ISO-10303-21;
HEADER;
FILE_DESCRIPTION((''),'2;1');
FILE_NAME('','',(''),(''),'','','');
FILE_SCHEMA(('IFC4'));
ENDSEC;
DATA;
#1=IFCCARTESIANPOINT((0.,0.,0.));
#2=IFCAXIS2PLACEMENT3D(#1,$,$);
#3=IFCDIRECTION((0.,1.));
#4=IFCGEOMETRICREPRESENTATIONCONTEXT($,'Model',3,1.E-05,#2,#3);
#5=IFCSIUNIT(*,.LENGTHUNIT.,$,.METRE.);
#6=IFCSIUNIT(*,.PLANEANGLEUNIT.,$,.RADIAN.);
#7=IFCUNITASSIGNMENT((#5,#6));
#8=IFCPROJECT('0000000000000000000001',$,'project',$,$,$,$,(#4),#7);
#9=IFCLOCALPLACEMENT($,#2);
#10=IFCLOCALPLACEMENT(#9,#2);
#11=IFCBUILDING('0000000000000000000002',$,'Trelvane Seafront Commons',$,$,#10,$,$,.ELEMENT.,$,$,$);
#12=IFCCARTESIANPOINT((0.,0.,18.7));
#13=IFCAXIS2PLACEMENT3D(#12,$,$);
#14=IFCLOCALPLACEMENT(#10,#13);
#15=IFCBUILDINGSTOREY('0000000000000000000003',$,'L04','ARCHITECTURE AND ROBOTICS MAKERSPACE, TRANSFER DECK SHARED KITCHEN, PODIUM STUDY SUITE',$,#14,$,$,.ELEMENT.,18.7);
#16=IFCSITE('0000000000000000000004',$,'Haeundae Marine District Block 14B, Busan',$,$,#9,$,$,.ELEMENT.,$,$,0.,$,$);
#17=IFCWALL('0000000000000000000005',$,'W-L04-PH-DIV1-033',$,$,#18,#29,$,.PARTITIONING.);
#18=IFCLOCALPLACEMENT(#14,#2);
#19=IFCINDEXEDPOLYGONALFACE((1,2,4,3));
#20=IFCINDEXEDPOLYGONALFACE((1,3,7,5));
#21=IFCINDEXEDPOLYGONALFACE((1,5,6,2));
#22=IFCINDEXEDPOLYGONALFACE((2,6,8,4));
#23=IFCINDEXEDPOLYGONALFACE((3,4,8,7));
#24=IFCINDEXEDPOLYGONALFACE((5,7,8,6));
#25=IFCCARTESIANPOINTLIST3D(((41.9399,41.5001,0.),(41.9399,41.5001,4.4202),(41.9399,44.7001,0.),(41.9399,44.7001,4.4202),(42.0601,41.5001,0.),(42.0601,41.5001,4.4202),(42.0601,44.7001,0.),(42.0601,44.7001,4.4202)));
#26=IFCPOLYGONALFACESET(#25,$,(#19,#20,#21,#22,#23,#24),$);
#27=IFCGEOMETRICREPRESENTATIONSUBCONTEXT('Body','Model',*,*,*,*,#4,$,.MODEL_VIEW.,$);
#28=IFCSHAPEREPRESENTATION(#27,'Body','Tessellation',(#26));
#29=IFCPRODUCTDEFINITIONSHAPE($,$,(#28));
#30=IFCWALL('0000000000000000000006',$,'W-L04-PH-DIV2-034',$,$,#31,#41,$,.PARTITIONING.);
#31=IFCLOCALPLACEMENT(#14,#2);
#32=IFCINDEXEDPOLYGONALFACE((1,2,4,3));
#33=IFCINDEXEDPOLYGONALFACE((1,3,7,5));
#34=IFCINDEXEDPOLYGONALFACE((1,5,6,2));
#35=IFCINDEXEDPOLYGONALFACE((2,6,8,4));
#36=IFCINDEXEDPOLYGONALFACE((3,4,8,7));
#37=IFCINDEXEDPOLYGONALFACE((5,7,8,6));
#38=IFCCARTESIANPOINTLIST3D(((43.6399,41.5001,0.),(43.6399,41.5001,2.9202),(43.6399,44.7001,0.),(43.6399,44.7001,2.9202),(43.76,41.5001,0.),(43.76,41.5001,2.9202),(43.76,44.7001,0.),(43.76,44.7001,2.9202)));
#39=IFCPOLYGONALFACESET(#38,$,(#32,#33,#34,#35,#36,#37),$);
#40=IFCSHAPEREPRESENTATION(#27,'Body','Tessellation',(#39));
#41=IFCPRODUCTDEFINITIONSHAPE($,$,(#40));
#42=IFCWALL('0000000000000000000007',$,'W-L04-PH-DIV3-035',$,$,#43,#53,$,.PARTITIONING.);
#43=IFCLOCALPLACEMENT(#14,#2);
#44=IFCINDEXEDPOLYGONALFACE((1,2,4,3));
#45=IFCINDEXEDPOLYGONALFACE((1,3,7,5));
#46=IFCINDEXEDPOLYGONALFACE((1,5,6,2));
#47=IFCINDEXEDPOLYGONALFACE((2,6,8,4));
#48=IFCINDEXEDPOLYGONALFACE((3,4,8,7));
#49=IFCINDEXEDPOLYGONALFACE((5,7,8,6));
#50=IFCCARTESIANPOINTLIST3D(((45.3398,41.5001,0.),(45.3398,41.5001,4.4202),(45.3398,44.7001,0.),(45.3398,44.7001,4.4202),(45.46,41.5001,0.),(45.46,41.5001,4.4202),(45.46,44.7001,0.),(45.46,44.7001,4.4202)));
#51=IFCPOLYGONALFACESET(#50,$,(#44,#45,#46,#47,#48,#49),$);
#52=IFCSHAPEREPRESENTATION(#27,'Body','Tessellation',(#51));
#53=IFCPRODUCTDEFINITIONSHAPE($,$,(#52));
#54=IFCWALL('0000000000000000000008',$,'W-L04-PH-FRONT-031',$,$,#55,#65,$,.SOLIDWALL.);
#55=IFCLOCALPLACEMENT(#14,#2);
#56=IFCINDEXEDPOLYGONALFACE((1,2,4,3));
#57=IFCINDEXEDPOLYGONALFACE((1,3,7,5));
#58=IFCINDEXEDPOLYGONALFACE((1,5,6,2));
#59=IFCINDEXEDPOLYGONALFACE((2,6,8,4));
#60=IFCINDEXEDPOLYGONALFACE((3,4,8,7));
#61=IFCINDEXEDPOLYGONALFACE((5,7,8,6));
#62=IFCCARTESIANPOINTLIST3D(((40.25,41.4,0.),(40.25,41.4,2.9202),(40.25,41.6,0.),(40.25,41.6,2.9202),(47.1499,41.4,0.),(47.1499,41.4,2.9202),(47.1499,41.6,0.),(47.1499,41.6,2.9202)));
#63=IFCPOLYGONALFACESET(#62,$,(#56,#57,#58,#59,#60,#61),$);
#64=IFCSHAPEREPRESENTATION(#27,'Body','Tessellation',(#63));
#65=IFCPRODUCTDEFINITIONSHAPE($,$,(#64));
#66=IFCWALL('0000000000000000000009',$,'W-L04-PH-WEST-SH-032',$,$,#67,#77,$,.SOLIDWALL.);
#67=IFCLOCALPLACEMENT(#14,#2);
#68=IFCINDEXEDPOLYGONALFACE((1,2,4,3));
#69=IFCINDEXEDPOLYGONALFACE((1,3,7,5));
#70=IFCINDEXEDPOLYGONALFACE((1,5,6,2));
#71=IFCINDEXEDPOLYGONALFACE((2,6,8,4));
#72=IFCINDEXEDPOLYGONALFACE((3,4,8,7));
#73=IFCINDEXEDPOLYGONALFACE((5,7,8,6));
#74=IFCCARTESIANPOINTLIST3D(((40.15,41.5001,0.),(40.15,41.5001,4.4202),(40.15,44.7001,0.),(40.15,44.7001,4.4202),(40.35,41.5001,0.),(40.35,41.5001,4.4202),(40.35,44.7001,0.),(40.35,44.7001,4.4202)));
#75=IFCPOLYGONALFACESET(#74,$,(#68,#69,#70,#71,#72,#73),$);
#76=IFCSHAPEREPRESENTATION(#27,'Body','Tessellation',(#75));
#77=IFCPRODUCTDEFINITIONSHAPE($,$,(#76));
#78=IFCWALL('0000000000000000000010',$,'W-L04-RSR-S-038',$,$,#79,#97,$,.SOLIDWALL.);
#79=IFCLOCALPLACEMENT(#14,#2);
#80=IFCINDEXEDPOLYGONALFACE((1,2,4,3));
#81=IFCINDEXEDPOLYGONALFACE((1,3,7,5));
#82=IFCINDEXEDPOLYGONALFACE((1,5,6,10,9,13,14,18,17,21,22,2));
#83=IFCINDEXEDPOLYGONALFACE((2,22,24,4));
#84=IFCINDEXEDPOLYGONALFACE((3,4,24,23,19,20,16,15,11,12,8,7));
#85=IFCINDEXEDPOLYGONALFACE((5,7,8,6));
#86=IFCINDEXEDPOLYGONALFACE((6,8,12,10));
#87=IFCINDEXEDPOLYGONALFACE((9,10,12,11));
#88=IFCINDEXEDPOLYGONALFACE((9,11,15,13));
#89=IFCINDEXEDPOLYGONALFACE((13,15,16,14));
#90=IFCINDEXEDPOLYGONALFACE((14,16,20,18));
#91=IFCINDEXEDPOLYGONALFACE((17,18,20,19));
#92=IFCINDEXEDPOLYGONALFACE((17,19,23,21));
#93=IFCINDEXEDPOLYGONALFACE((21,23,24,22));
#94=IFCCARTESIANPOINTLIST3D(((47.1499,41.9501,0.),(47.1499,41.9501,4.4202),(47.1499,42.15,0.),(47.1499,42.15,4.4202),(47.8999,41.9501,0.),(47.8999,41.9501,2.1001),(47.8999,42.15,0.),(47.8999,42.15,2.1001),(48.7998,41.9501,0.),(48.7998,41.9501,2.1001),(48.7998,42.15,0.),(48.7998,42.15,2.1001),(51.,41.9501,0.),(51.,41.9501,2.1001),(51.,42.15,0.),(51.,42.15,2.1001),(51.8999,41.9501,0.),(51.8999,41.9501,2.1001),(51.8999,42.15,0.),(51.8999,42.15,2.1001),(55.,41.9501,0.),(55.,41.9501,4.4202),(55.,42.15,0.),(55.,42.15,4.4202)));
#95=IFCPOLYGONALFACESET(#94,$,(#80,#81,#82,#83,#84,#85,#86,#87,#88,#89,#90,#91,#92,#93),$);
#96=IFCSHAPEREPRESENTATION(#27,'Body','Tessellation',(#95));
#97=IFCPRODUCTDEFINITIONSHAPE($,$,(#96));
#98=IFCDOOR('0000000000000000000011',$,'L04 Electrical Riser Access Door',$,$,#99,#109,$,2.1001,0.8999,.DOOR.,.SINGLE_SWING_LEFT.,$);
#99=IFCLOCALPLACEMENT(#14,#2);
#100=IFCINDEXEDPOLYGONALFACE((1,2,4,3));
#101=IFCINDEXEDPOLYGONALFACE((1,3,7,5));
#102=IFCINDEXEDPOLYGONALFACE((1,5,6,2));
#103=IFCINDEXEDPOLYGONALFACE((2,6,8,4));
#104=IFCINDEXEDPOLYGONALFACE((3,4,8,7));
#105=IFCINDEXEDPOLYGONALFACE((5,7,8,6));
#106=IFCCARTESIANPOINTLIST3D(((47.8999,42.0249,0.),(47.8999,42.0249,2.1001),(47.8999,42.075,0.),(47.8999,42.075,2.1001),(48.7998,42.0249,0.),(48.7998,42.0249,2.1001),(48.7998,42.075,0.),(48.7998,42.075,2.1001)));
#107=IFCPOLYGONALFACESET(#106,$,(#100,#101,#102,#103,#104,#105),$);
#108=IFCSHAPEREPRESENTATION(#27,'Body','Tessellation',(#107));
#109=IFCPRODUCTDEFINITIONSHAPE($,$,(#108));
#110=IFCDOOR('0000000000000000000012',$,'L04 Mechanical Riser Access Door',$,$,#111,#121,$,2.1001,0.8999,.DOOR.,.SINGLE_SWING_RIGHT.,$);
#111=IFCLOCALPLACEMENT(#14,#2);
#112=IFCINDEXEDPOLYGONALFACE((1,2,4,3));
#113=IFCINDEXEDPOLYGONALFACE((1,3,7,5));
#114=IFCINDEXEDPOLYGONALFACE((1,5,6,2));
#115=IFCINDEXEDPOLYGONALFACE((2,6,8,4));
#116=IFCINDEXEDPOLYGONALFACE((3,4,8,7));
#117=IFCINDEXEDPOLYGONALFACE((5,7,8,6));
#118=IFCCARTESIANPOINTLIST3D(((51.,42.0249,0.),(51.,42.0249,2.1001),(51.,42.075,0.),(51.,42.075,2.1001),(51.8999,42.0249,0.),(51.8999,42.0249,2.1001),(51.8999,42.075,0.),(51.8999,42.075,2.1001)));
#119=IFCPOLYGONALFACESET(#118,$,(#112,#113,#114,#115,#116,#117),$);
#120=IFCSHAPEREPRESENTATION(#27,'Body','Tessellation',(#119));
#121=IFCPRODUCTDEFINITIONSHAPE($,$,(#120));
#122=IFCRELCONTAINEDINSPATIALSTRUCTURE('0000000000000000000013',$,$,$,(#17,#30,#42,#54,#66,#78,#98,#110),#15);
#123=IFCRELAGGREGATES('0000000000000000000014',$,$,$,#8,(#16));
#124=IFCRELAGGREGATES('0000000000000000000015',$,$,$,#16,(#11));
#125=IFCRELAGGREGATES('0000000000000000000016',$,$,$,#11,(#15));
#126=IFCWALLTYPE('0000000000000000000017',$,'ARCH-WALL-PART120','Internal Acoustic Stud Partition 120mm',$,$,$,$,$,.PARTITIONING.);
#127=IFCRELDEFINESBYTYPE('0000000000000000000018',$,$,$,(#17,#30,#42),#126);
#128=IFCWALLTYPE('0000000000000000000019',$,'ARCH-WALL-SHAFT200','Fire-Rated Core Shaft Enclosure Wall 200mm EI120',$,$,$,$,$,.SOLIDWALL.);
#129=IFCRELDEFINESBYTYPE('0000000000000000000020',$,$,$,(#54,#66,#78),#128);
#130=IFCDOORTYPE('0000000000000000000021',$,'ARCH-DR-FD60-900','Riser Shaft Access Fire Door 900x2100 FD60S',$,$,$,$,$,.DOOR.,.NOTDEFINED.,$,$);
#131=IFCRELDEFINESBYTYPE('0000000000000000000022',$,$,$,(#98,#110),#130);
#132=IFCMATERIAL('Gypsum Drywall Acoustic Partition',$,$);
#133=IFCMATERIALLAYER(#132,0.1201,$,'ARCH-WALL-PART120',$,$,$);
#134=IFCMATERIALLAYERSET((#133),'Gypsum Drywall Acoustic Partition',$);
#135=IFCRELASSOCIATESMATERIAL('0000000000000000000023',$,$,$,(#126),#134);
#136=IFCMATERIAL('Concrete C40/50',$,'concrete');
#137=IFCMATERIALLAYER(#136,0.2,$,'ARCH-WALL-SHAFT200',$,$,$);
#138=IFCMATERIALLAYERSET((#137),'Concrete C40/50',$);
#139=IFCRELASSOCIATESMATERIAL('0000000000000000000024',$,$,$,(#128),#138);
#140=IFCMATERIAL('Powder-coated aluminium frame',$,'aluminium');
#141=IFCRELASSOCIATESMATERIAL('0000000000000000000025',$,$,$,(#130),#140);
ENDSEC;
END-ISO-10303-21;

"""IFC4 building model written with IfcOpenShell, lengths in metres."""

from ifc_helpers import new_model, si_unit, direction, frame, frame_2d, origin, place, context, subcontext, project, spatial, rectangle, extrude, source, transform, mapped, material, layer, layer_set, type_object, element, fill, save


model = new_model("IFC4")

# Units and contexts
model_context = context("Model", 3, precision=1e-05, world=origin(), true_north=direction((0.0, 1.0)))
body_context = subcontext(model_context, "Body", "Model", "MODEL_VIEW")
ifc_project = project(units=[si_unit("LENGTHUNIT", "METRE"), si_unit("PLANEANGLEUNIT", "RADIAN")], contexts=[model_context])

# Site, building, storey
site_placement = place(None, origin())
site = spatial("IfcSite", under=ifc_project, at=site_placement, Name="Haeundae Marine District Block 14B, Busan", CompositionType="ELEMENT", RefElevation=0.0)
building_placement = place(site_placement, origin())
building = spatial("IfcBuilding", under=site, at=building_placement, Name="Trelvane Seafront Commons", CompositionType="ELEMENT")
storey_placement = place(building_placement, frame((0.0, 0.0, 18.7)))
storey = spatial("IfcBuildingStorey", under=building, at=storey_placement, Name="L04", Description="ARCHITECTURE AND ROBOTICS MAKERSPACE, TRANSFER DECK SHARED KITCHEN, PODIUM STUDY SUITE", CompositionType="ELEMENT", Elevation=18.7)

# Walls
ifc_material_1 = material(Name="Gypsum Drywall Acoustic Partition")
ifc_layer_1 = layer(ifc_material_1, 0.1201, Name="ARCH-WALL-PART120")
ifc_layer_set_1 = layer_set([ifc_layer_1], Name="Gypsum Drywall Acoustic Partition")
wall_type_1 = type_object("IfcWallType", Name="ARCH-WALL-PART120", Description="Internal Acoustic Stud Partition 120mm", PredefinedType="PARTITIONING", material=ifc_layer_set_1)
for number, where, z_axis, x_axis, name in (
    (1, (42.0, 41.5, 0.0), (0.0, 0.0, 1.0), (0.0, 1.0, 0.0), "W-L04-PH-DIV1-033"),
):
    element("IfcWall", number, at=place(storey_placement, frame(where, z_axis=z_axis, x_axis=x_axis)), inside=storey, type_object=wall_type_1, Name=name, PredefinedType="PARTITIONING", context=body_context, shape_type="SweptSolid", body=[
        extrude(rectangle(XDim=3.2, YDim=0.1201, at=frame_2d((1.6001, 0.0))), origin(), (0.0, 0.0, 1.0), 4.4202),
    ])
wall_1_placement = place(storey_placement, frame((43.7, 41.5, 0.0), z_axis=(0.0, 0.0, 1.0), x_axis=(0.0, 1.0, 0.0)))
element("IfcWall", 2, at=wall_1_placement, inside=storey, type_object=wall_type_1, Name="W-L04-PH-DIV2-034", PredefinedType="PARTITIONING", context=body_context, shape_type="SweptSolid", body=[
    extrude(rectangle(XDim=3.2, YDim=0.1201, at=frame_2d((1.6001, 0.0))), origin(), (0.0, 0.0, 1.0), 2.9202),
])
wall_2_placement = place(storey_placement, frame((45.3999, 41.5, 0.0), z_axis=(0.0, 0.0, 1.0), x_axis=(0.0, 1.0, 0.0)))
element("IfcWall", 3, at=wall_2_placement, inside=storey, type_object=wall_type_1, Name="W-L04-PH-DIV3-035", PredefinedType="PARTITIONING", context=body_context, shape_type="SweptSolid", body=[
    extrude(rectangle(XDim=3.2, YDim=0.1201, at=frame_2d((1.6001, 0.0))), origin(), (0.0, 0.0, 1.0), 4.4202),
])

# Walls
ifc_material_2 = material(Name="Concrete C40/50", Category="concrete")
ifc_layer_2 = layer(ifc_material_2, 0.2, Name="ARCH-WALL-SHAFT200")
ifc_layer_set_2 = layer_set([ifc_layer_2], Name="Concrete C40/50")
wall_type_2 = type_object("IfcWallType", Name="ARCH-WALL-SHAFT200", Description="Fire-Rated Core Shaft Enclosure Wall 200mm EI120", PredefinedType="SOLIDWALL", material=ifc_layer_set_2)
wall_3_placement = place(storey_placement, frame((40.25, 41.5, 0.0), z_axis=(0.0, 0.0, 1.0), x_axis=(1.0, 0.0, 0.0)))
element("IfcWall", 4, at=wall_3_placement, inside=storey, type_object=wall_type_2, Name="W-L04-PH-FRONT-031", PredefinedType="SOLIDWALL", context=body_context, shape_type="SweptSolid", body=[
    extrude(rectangle(XDim=6.8999, YDim=0.2, at=frame_2d((3.45, 0.0))), origin(), (0.0, 0.0, 1.0), 2.9202),
])
wall_4_placement = place(storey_placement, frame((40.25, 41.5, 0.0), z_axis=(0.0, 0.0, 1.0), x_axis=(0.0, 1.0, 0.0)))
element("IfcWall", 5, at=wall_4_placement, inside=storey, type_object=wall_type_2, Name="W-L04-PH-WEST-SH-032", PredefinedType="SOLIDWALL", context=body_context, shape_type="SweptSolid", body=[
    extrude(rectangle(XDim=3.2, YDim=0.2, at=frame_2d((1.6001, 0.0))), origin(), (0.0, 0.0, 1.0), 4.4202),
])

# Wall, openings, doors
wall_5_placement = place(storey_placement, frame((47.1499, 42.05, 0.0), z_axis=(0.0, 0.0, 1.0), x_axis=(1.0, 0.0, 0.0)))
wall_5 = element("IfcWall", 6, at=wall_5_placement, inside=storey, type_object=wall_type_2, Name="W-L04-RSR-S-038", PredefinedType="SOLIDWALL", context=body_context, shape_type="SweptSolid", body=[
    extrude(rectangle(XDim=7.8501, YDim=0.2, at=frame_2d((3.925, 0.0))), origin(), (0.0, 0.0, 1.0), 4.4202),
])
opening_1_placement = place(wall_5_placement, frame((0.75, 0.0, 0.0)))
opening_1 = element("IfcOpeningElement", 7, at=opening_1_placement, cuts=wall_5, PredefinedType="OPENING", context=body_context, shape_type="SweptSolid", body=[
    extrude(rectangle(XDim=0.8999, YDim=2.1001, at=frame_2d((0.45, 1.05))), frame((0.0, 0.1099, 0.0), z_axis=(0.0, -1.0, 0.0), x_axis=(1.0, 0.0, 0.0)), (0.0, 0.0, 1.0), 0.22),
])
opening_2_placement = place(wall_5_placement, frame((3.8501, 0.0, 0.0)))
opening_2 = element("IfcOpeningElement", 8, at=opening_2_placement, cuts=wall_5, PredefinedType="OPENING", context=body_context, shape_type="SweptSolid", body=[
    extrude(rectangle(XDim=0.8999, YDim=2.1001, at=frame_2d((0.45, 1.05))), frame((0.0, 0.1099, 0.0), z_axis=(0.0, -1.0, 0.0), x_axis=(1.0, 0.0, 0.0)), (0.0, 0.0, 1.0), 0.22),
])
ifc_material_3 = material(Name="Powder-coated aluminium frame", Category="aluminium")
door_type_1 = type_object("IfcDoorType", Name="ARCH-DR-FD60-900", Description="Riser Shaft Access Fire Door 900x2100 FD60S", OperationType="NOTDEFINED", PredefinedType="DOOR", material=ifc_material_3)
shared_shape_1 = source(origin(), body_context, "Body", "SweptSolid", [
    extrude(rectangle(XDim=0.8999, YDim=2.1001, at=frame_2d((0.45, 1.05))), frame((0.0, 0.0249, 0.0), z_axis=(0.0, -1.0, 0.0), x_axis=(1.0, 0.0, 0.0)), (0.0, 0.0, 1.0), 0.05),
])
door_1_placement = place(opening_1_placement, origin())
door_1 = element("IfcDoor", 9, at=door_1_placement, inside=storey, type_object=door_type_1, Name="L04 Electrical Riser Access Door", OperationType="SINGLE_SWING_LEFT", OverallHeight=2.1001, OverallWidth=0.8999, PredefinedType="DOOR", context=body_context, shape_type="MappedRepresentation", body=[
    mapped(shared_shape_1, transform((0.0, 0.0, 0.0), x_axis=(1.0, 0.0, 0.0), y_axis=(0.0, 1.0, 0.0), z_axis=(0.0, 0.0, 1.0), scale=1.0)),
])
fill(opening_1, door_1)
door_2_placement = place(opening_2_placement, origin())
door_2 = element("IfcDoor", 10, at=door_2_placement, inside=storey, type_object=door_type_1, Name="L04 Mechanical Riser Access Door", OperationType="SINGLE_SWING_RIGHT", OverallHeight=2.1001, OverallWidth=0.8999, PredefinedType="DOOR", context=body_context, shape_type="MappedRepresentation", body=[
    mapped(shared_shape_1, transform((0.0, 0.0, 0.0), x_axis=(1.0, 0.0, 0.0), y_axis=(0.0, 1.0, 0.0), z_axis=(0.0, 0.0, 1.0), scale=1.0)),
])
fill(opening_2, door_2)

save(model, "model.ifc")
